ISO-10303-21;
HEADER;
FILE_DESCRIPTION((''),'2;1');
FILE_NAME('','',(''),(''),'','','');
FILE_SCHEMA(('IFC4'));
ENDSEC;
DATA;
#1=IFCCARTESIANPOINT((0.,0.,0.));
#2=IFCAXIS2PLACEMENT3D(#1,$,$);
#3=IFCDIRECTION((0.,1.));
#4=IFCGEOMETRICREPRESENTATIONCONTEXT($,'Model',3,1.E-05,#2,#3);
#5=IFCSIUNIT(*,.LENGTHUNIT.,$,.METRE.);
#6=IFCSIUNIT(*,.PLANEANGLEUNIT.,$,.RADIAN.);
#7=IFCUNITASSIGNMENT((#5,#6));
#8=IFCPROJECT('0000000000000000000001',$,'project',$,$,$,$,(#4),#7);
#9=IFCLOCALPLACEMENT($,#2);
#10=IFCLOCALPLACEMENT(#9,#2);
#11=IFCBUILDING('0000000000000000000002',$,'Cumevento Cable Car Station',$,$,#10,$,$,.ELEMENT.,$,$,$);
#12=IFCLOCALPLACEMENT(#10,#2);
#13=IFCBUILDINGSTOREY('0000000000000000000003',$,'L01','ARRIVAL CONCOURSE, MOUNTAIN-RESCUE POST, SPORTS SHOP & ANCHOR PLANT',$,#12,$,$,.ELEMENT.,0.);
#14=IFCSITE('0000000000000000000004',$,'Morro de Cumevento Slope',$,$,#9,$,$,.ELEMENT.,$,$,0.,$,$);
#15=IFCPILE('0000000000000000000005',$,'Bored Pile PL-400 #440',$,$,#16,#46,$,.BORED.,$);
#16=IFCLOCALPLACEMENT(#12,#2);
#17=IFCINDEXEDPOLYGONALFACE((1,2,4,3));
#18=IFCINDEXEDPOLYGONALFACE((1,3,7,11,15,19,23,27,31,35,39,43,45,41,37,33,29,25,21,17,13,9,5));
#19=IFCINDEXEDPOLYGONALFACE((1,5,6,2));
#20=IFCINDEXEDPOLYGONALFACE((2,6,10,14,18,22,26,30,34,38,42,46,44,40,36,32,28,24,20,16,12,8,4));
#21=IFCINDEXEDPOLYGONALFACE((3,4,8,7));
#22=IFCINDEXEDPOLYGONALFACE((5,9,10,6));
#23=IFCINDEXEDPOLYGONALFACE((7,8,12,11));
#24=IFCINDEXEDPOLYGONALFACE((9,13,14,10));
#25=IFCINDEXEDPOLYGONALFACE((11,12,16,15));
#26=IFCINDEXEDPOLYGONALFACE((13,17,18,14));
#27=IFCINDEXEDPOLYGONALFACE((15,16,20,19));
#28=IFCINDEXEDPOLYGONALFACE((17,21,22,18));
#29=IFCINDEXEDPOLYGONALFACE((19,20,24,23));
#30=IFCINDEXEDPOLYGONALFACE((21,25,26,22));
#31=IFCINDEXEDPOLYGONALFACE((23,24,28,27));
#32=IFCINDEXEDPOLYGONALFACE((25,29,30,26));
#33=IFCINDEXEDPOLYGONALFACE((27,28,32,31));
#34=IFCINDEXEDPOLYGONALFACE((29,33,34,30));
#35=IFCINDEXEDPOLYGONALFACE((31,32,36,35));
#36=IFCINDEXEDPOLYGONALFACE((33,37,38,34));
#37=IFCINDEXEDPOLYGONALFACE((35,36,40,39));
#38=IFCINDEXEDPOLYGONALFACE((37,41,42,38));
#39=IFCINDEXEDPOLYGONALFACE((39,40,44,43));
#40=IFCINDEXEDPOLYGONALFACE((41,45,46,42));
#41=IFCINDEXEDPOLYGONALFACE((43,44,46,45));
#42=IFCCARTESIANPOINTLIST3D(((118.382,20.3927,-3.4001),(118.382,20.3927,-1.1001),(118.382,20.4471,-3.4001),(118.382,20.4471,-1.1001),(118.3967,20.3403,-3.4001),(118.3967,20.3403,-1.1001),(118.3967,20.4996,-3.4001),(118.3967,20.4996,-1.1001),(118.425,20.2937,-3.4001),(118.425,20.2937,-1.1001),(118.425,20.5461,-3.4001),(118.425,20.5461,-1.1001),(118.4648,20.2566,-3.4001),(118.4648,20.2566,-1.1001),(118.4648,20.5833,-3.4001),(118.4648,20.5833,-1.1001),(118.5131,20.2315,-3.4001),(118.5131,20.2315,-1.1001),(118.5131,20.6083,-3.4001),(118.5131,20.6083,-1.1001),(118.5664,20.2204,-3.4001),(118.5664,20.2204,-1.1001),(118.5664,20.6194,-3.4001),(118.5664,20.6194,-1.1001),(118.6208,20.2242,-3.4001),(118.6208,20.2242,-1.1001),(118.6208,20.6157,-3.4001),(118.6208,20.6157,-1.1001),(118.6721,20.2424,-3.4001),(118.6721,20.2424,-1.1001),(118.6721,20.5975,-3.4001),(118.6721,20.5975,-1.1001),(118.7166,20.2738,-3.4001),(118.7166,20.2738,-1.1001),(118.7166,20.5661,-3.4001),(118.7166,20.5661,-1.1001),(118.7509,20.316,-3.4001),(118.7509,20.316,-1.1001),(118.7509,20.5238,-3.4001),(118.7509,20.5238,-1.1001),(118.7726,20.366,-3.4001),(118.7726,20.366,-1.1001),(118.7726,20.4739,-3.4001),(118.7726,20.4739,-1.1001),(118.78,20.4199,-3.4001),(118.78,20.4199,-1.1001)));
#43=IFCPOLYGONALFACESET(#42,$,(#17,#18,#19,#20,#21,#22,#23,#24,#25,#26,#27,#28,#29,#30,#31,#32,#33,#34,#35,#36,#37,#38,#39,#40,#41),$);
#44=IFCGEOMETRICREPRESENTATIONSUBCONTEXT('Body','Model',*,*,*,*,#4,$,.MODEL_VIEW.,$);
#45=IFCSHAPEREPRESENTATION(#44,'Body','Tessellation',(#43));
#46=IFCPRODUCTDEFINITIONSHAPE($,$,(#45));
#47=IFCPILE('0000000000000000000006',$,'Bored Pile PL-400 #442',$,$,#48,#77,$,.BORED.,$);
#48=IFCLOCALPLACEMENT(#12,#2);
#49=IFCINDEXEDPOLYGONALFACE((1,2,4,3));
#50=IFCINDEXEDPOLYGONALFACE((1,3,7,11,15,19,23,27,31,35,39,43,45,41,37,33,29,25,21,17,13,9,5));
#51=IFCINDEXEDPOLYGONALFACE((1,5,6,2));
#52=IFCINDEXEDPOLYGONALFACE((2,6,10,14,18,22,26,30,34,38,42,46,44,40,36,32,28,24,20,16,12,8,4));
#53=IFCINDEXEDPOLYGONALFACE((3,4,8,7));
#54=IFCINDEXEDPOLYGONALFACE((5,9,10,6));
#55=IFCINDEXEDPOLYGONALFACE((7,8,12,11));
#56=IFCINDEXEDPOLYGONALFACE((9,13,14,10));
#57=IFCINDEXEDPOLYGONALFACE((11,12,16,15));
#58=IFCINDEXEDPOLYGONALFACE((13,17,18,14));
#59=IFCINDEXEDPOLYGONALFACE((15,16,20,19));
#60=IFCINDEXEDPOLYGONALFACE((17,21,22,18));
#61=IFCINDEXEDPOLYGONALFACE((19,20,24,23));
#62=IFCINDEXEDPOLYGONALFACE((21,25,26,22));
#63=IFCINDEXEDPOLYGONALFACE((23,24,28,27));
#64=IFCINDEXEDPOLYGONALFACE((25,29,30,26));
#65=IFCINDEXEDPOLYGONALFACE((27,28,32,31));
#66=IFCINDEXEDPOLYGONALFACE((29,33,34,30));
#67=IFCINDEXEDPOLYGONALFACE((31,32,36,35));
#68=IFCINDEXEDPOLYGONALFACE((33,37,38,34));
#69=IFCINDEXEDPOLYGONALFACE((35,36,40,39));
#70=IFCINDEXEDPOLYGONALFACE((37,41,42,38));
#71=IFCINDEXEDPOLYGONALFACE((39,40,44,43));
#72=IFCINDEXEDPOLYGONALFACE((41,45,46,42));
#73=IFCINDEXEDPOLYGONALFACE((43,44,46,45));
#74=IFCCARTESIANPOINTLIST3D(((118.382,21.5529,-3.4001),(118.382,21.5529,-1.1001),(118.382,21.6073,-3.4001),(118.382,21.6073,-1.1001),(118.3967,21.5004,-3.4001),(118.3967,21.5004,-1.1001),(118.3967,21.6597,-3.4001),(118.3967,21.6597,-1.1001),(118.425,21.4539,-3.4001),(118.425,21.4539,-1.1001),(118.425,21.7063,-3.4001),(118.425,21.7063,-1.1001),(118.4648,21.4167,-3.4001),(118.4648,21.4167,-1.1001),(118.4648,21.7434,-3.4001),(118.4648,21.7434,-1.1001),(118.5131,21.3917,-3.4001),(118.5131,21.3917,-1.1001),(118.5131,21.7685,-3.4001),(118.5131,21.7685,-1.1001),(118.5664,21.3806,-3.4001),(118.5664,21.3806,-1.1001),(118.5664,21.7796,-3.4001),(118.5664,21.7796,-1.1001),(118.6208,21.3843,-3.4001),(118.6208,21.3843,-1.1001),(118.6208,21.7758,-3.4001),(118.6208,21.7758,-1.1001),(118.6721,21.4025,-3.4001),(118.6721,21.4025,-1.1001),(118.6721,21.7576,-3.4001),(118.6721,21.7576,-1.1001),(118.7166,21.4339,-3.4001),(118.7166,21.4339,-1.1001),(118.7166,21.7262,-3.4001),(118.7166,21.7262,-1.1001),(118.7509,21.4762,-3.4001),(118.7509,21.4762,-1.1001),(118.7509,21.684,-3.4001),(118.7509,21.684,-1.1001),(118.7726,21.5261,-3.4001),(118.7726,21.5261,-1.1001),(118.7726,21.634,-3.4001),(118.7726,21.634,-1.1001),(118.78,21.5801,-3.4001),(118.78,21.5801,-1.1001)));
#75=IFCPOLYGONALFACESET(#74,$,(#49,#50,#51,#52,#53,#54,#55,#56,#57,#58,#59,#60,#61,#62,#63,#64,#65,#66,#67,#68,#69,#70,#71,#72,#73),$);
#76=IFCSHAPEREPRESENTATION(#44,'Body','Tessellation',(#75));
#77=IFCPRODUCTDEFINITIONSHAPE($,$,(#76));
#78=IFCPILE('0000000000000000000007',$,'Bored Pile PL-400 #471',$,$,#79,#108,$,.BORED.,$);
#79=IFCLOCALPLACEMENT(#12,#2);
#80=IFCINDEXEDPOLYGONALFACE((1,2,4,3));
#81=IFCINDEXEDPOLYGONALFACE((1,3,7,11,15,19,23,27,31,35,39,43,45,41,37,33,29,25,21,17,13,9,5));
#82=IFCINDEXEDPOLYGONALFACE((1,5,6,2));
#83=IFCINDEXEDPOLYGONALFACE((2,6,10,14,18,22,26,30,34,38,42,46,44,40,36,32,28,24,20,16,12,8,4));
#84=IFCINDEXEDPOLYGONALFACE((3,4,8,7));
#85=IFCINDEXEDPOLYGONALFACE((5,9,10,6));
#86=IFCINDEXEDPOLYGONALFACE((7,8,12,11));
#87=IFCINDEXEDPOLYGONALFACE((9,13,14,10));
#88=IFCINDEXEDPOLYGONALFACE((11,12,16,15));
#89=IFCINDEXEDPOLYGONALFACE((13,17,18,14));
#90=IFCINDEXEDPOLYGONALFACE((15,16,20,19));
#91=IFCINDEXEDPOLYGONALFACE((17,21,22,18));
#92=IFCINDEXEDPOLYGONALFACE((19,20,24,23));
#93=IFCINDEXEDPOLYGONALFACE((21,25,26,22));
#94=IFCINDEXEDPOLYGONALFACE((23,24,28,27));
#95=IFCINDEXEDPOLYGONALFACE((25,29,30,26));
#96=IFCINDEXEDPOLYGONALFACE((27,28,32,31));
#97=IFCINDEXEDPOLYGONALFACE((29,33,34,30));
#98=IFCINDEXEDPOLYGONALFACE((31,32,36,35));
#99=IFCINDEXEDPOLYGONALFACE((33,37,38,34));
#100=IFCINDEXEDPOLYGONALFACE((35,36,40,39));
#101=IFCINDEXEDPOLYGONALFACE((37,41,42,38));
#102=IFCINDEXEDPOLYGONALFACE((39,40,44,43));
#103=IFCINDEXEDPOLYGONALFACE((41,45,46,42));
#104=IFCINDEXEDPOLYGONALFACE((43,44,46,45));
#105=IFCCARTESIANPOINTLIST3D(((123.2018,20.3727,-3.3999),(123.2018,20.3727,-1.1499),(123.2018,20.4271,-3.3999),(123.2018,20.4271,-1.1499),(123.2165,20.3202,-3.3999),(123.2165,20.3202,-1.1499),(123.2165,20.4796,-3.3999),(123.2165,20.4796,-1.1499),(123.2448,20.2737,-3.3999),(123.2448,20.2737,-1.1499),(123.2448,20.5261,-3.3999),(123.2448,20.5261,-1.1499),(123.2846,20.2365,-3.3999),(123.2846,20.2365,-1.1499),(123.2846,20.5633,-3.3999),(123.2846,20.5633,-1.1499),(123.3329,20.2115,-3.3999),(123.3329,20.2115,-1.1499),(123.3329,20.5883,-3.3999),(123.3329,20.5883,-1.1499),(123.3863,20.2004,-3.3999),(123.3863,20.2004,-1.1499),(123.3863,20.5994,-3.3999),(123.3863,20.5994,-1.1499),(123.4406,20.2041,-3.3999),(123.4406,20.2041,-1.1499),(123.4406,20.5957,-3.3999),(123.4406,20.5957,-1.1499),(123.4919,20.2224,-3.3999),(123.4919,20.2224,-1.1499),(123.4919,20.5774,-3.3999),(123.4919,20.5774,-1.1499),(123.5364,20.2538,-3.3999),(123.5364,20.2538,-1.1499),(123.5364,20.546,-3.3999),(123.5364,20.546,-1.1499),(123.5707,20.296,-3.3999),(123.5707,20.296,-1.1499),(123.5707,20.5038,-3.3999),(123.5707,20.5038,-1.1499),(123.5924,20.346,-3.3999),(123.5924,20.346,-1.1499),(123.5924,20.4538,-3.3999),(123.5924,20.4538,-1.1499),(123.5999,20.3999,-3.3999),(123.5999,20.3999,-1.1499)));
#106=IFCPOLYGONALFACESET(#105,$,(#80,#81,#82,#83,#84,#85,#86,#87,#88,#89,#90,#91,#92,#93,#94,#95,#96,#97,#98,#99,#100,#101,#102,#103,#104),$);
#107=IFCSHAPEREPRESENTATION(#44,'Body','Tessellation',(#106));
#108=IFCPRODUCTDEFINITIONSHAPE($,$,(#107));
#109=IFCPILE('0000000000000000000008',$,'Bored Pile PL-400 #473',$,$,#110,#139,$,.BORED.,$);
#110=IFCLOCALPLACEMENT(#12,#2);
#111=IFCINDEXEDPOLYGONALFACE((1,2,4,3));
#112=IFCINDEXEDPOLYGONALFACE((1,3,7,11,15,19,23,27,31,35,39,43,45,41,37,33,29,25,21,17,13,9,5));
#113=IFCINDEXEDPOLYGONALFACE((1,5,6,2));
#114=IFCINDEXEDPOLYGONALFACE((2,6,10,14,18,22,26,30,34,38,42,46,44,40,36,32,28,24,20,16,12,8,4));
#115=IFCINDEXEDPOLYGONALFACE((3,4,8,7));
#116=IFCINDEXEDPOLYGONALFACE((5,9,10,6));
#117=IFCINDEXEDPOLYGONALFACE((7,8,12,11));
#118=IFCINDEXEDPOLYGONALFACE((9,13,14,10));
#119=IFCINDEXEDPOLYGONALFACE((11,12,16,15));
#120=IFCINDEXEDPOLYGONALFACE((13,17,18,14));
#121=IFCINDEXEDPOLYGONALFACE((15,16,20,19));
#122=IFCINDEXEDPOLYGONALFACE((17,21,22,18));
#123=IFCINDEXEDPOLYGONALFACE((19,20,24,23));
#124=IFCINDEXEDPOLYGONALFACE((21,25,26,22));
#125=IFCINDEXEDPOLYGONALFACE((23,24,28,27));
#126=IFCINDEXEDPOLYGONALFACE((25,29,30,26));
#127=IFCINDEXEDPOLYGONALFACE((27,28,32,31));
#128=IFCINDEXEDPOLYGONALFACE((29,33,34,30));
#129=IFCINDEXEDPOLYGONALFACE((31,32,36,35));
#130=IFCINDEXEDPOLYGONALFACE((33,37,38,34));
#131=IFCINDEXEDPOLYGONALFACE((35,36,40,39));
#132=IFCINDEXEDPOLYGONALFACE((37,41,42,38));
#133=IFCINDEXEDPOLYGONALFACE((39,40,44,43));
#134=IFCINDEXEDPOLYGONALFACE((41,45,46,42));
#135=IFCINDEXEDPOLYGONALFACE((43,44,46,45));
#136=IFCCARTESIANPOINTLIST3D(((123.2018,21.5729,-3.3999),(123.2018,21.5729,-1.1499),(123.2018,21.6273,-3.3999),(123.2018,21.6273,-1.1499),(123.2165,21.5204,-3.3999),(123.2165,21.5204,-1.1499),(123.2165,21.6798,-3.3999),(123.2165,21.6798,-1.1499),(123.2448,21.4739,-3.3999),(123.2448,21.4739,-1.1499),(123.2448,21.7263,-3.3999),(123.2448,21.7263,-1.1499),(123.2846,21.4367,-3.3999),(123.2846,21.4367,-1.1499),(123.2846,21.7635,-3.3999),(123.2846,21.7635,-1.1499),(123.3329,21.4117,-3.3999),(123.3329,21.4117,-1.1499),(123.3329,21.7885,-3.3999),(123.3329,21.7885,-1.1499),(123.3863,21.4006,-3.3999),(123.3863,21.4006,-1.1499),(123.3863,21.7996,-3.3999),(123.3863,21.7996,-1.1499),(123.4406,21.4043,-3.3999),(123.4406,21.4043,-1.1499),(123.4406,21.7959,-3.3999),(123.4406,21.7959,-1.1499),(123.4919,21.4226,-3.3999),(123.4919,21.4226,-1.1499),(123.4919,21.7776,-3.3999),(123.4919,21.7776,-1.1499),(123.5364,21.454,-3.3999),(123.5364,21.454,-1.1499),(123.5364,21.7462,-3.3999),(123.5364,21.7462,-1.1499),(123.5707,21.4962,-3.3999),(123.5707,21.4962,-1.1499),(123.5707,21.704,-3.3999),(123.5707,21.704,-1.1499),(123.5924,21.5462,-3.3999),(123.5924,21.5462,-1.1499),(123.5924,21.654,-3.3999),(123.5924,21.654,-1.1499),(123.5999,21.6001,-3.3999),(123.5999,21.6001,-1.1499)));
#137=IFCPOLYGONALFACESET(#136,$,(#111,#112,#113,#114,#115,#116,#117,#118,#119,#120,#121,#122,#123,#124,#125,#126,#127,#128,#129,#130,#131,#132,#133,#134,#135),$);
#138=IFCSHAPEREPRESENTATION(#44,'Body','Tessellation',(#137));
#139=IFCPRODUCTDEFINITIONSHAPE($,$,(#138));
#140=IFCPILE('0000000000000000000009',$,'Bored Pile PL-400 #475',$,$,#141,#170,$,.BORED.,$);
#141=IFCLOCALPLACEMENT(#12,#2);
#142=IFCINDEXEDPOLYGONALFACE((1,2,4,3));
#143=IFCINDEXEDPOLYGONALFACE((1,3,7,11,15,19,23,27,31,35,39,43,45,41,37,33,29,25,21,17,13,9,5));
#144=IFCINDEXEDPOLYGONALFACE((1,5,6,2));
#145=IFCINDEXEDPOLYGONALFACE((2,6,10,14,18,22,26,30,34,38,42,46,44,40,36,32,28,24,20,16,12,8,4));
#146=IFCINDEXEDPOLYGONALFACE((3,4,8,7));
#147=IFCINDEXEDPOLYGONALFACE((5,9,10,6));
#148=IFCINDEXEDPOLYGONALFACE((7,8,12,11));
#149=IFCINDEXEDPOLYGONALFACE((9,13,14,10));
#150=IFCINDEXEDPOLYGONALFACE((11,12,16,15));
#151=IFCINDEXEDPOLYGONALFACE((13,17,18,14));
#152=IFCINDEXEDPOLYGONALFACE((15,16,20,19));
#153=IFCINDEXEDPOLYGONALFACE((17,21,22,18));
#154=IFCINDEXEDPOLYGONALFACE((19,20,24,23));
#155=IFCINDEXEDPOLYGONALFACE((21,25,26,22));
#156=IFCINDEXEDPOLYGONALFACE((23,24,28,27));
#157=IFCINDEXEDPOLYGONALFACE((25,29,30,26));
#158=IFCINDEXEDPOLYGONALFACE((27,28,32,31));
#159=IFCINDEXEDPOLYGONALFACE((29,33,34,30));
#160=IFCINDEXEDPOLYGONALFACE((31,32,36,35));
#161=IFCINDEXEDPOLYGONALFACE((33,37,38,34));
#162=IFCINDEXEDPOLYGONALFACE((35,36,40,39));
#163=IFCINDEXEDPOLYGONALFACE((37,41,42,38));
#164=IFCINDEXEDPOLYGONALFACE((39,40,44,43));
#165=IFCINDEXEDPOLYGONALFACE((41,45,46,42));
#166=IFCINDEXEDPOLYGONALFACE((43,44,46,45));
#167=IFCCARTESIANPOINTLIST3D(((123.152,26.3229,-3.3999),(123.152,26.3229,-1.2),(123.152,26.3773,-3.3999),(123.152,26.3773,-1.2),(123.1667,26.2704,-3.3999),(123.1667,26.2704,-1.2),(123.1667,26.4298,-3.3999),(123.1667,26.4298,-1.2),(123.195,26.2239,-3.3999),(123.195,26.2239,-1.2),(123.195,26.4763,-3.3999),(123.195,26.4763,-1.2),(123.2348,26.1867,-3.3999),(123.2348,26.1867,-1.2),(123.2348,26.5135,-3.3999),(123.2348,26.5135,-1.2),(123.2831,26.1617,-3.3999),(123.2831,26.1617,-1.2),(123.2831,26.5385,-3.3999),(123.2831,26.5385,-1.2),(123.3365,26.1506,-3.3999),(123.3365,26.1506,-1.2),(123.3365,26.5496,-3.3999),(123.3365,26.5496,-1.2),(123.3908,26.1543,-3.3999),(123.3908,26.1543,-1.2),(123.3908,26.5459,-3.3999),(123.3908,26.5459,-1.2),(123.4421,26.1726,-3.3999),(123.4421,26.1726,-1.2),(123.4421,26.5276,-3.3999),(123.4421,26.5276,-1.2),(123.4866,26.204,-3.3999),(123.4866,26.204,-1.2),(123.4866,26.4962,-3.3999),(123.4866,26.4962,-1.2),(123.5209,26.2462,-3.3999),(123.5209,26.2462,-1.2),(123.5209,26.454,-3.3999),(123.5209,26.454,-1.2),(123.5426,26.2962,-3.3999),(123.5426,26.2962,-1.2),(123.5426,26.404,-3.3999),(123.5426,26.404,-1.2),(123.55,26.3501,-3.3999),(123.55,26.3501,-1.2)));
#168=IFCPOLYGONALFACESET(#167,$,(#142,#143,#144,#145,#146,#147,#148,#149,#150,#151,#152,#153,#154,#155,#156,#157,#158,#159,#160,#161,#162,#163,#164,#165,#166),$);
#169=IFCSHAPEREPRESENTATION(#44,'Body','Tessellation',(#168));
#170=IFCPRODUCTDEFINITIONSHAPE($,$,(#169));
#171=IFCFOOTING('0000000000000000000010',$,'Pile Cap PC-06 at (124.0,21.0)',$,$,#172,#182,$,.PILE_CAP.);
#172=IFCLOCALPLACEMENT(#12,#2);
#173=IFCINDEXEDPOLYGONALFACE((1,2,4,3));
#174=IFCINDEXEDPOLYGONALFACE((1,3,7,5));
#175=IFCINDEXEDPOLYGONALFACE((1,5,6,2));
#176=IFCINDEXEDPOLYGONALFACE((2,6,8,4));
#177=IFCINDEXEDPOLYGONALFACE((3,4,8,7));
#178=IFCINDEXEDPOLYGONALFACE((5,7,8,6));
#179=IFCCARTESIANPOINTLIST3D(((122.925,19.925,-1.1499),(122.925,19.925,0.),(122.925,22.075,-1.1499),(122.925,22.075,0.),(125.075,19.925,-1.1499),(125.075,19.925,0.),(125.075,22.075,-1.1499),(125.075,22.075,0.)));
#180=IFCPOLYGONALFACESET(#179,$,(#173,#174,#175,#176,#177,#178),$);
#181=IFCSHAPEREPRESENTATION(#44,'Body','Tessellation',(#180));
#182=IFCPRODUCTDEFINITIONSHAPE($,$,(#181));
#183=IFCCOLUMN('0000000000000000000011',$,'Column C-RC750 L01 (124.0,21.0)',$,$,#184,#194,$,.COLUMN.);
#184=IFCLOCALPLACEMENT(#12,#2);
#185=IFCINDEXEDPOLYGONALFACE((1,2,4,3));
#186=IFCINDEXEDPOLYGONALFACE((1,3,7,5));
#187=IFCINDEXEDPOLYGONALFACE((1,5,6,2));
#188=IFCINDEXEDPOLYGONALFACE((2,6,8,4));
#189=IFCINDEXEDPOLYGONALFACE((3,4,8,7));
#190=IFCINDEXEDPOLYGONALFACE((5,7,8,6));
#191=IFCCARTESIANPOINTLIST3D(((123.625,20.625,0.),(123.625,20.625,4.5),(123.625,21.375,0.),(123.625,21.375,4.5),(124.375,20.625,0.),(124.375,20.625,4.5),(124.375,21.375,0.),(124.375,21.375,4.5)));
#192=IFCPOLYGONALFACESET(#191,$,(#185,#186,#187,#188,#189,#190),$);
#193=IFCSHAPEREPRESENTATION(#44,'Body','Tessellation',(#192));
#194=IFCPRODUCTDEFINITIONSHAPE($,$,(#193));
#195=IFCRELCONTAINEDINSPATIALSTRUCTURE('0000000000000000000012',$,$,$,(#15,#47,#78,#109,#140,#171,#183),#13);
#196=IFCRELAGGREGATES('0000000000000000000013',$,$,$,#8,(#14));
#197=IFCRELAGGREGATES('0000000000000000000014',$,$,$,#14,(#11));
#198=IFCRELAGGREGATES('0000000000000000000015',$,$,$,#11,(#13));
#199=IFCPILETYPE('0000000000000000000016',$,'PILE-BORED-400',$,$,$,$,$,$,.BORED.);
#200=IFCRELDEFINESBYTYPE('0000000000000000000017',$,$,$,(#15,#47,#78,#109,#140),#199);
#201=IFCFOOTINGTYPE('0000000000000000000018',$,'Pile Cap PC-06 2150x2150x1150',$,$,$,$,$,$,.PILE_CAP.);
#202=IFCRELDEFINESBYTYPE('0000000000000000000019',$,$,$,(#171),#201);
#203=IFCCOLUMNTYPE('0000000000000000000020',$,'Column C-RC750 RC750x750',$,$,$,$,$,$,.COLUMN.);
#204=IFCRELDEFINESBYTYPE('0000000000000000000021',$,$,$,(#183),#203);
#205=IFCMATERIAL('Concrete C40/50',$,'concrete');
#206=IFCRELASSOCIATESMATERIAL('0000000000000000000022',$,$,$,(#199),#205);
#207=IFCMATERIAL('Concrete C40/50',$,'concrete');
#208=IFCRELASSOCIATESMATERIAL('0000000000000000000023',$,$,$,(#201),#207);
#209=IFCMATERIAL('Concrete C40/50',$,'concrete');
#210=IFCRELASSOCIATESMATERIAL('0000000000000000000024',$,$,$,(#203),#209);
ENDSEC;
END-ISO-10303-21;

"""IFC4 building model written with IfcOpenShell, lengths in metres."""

from ifc_helpers import new_model, si_unit, direction, frame, origin, origin_2d, place, context, subcontext, project, spatial, rectangle, circle, extrude, material, material_profile, profile_set, type_object, element, save


model = new_model("IFC4")

# Units and contexts
model_context = context("Model", 3, precision=1e-05, world=origin(), true_north=direction((0.0, 1.0)))
body_context = subcontext(model_context, "Body", "Model", "MODEL_VIEW")
ifc_project = project(units=[si_unit("LENGTHUNIT", "METRE"), si_unit("PLANEANGLEUNIT", "RADIAN")], contexts=[model_context])

# Site, building, storey
site_placement = place(None, origin())
site = spatial("IfcSite", under=ifc_project, at=site_placement, Name="Morro de Cumevento Slope", CompositionType="ELEMENT", RefElevation=0.0)
building_placement = place(site_placement, origin())
building = spatial("IfcBuilding", under=site, at=building_placement, Name="Cumevento Cable Car Station", CompositionType="ELEMENT")
storey_placement = place(building_placement, origin())
storey = spatial("IfcBuildingStorey", under=building, at=storey_placement, Name="L01", Description="ARRIVAL CONCOURSE, MOUNTAIN-RESCUE POST, SPORTS SHOP & ANCHOR PLANT", CompositionType="ELEMENT", Elevation=0.0)

# Piles
ifc_material_1 = material(Name="Concrete C40/50", Category="concrete")
ifc_material_profile_1 = material_profile(ifc_material_1, circle(Radius=0.2, at=origin_2d()), Name="PILE-D400")
ifc_profile_set_1 = profile_set([ifc_material_profile_1], Name="Concrete C40/50")
pile_type = type_object("IfcPileType", Name="PILE-BORED-400", PredefinedType="BORED", material=ifc_profile_set_1)
for number, where, z_axis, x_axis, name in (
    (1, (118.5801, 20.4199, -1.1001), (0.0, 0.0, -1.0), (1.0, 0.0, 0.0), "Bored Pile PL-400 #440"),
    (2, (118.5801, 21.5801, -1.1001), (0.0, 0.0, -1.0), (1.0, 0.0, 0.0), "Bored Pile PL-400 #442"),
):
    element("IfcPile", number, at=place(storey_placement, frame(where, z_axis=z_axis, x_axis=x_axis)), inside=storey, type_object=pile_type, Name=name, PredefinedType="BORED", context=body_context, shape_type="SweptSolid", body=[
        extrude(circle(Radius=0.2, at=origin_2d()), origin(), (0.0, 0.0, 1.0), 2.3),
    ])
for number, where, z_axis, x_axis, name in (
    (3, (123.3999, 20.3999, -1.1499), (0.0, 0.0, -1.0), (1.0, 0.0, 0.0), "Bored Pile PL-400 #471"),
    (4, (123.3999, 21.6001, -1.1499), (0.0, 0.0, -1.0), (1.0, 0.0, 0.0), "Bored Pile PL-400 #473"),
):
    element("IfcPile", number, at=place(storey_placement, frame(where, z_axis=z_axis, x_axis=x_axis)), inside=storey, type_object=pile_type, Name=name, PredefinedType="BORED", context=body_context, shape_type="SweptSolid", body=[
        extrude(circle(Radius=0.2, at=origin_2d()), origin(), (0.0, 0.0, 1.0), 2.25),
    ])
pile_placement = place(storey_placement, frame((123.3501, 26.3501, -1.2), z_axis=(0.0, 0.0, -1.0), x_axis=(1.0, 0.0, 0.0)))
element("IfcPile", 5, at=pile_placement, inside=storey, type_object=pile_type, Name="Bored Pile PL-400 #475", PredefinedType="BORED", context=body_context, shape_type="SweptSolid", body=[
    extrude(circle(Radius=0.2, at=origin_2d()), origin(), (0.0, 0.0, 1.0), 2.2),
])

# Footing
ifc_material_2 = material(Name="Concrete C40/50", Category="concrete")
footing_type = type_object("IfcFootingType", Name="Pile Cap PC-06 2150x2150x1150", PredefinedType="PILE_CAP", material=ifc_material_2)
footing_placement = place(storey_placement, frame((124.0, 21.0, -1.1499), z_axis=(0.0, 0.0, 1.0), x_axis=(1.0, 0.0, 0.0)))
element("IfcFooting", 6, at=footing_placement, inside=storey, type_object=footing_type, Name="Pile Cap PC-06 at (124.0,21.0)", PredefinedType="PILE_CAP", context=body_context, shape_type="SweptSolid", body=[
    extrude(rectangle(XDim=2.1499, YDim=2.1499, at=origin_2d()), origin(), (0.0, 0.0, 1.0), 1.1499),
])

# Column
ifc_material_3 = material(Name="Concrete C40/50", Category="concrete")
ifc_material_profile_2 = material_profile(ifc_material_3, rectangle(XDim=0.75, YDim=0.75, at=origin_2d()), Name="RC750x750")
ifc_profile_set_2 = profile_set([ifc_material_profile_2], Name="Concrete C40/50")
column_type_1 = type_object("IfcColumnType", Name="Column C-RC750 RC750x750", PredefinedType="COLUMN", material=ifc_profile_set_2)
column_1_placement = place(storey_placement, frame((124.0, 21.0, 0.0), z_axis=(0.0, 0.0, 1.0), x_axis=(1.0, 0.0, 0.0)))
element("IfcColumn", 7, at=column_1_placement, inside=storey, type_object=column_type_1, Name="Column C-RC750 L01 (124.0,21.0)", PredefinedType="COLUMN", context=body_context, shape_type="SweptSolid", body=[
    extrude(rectangle(XDim=0.75, YDim=0.75, at=origin_2d()), origin(), (0.0, 0.0, 1.0), 4.5),
])

save(model, "model.ifc")
